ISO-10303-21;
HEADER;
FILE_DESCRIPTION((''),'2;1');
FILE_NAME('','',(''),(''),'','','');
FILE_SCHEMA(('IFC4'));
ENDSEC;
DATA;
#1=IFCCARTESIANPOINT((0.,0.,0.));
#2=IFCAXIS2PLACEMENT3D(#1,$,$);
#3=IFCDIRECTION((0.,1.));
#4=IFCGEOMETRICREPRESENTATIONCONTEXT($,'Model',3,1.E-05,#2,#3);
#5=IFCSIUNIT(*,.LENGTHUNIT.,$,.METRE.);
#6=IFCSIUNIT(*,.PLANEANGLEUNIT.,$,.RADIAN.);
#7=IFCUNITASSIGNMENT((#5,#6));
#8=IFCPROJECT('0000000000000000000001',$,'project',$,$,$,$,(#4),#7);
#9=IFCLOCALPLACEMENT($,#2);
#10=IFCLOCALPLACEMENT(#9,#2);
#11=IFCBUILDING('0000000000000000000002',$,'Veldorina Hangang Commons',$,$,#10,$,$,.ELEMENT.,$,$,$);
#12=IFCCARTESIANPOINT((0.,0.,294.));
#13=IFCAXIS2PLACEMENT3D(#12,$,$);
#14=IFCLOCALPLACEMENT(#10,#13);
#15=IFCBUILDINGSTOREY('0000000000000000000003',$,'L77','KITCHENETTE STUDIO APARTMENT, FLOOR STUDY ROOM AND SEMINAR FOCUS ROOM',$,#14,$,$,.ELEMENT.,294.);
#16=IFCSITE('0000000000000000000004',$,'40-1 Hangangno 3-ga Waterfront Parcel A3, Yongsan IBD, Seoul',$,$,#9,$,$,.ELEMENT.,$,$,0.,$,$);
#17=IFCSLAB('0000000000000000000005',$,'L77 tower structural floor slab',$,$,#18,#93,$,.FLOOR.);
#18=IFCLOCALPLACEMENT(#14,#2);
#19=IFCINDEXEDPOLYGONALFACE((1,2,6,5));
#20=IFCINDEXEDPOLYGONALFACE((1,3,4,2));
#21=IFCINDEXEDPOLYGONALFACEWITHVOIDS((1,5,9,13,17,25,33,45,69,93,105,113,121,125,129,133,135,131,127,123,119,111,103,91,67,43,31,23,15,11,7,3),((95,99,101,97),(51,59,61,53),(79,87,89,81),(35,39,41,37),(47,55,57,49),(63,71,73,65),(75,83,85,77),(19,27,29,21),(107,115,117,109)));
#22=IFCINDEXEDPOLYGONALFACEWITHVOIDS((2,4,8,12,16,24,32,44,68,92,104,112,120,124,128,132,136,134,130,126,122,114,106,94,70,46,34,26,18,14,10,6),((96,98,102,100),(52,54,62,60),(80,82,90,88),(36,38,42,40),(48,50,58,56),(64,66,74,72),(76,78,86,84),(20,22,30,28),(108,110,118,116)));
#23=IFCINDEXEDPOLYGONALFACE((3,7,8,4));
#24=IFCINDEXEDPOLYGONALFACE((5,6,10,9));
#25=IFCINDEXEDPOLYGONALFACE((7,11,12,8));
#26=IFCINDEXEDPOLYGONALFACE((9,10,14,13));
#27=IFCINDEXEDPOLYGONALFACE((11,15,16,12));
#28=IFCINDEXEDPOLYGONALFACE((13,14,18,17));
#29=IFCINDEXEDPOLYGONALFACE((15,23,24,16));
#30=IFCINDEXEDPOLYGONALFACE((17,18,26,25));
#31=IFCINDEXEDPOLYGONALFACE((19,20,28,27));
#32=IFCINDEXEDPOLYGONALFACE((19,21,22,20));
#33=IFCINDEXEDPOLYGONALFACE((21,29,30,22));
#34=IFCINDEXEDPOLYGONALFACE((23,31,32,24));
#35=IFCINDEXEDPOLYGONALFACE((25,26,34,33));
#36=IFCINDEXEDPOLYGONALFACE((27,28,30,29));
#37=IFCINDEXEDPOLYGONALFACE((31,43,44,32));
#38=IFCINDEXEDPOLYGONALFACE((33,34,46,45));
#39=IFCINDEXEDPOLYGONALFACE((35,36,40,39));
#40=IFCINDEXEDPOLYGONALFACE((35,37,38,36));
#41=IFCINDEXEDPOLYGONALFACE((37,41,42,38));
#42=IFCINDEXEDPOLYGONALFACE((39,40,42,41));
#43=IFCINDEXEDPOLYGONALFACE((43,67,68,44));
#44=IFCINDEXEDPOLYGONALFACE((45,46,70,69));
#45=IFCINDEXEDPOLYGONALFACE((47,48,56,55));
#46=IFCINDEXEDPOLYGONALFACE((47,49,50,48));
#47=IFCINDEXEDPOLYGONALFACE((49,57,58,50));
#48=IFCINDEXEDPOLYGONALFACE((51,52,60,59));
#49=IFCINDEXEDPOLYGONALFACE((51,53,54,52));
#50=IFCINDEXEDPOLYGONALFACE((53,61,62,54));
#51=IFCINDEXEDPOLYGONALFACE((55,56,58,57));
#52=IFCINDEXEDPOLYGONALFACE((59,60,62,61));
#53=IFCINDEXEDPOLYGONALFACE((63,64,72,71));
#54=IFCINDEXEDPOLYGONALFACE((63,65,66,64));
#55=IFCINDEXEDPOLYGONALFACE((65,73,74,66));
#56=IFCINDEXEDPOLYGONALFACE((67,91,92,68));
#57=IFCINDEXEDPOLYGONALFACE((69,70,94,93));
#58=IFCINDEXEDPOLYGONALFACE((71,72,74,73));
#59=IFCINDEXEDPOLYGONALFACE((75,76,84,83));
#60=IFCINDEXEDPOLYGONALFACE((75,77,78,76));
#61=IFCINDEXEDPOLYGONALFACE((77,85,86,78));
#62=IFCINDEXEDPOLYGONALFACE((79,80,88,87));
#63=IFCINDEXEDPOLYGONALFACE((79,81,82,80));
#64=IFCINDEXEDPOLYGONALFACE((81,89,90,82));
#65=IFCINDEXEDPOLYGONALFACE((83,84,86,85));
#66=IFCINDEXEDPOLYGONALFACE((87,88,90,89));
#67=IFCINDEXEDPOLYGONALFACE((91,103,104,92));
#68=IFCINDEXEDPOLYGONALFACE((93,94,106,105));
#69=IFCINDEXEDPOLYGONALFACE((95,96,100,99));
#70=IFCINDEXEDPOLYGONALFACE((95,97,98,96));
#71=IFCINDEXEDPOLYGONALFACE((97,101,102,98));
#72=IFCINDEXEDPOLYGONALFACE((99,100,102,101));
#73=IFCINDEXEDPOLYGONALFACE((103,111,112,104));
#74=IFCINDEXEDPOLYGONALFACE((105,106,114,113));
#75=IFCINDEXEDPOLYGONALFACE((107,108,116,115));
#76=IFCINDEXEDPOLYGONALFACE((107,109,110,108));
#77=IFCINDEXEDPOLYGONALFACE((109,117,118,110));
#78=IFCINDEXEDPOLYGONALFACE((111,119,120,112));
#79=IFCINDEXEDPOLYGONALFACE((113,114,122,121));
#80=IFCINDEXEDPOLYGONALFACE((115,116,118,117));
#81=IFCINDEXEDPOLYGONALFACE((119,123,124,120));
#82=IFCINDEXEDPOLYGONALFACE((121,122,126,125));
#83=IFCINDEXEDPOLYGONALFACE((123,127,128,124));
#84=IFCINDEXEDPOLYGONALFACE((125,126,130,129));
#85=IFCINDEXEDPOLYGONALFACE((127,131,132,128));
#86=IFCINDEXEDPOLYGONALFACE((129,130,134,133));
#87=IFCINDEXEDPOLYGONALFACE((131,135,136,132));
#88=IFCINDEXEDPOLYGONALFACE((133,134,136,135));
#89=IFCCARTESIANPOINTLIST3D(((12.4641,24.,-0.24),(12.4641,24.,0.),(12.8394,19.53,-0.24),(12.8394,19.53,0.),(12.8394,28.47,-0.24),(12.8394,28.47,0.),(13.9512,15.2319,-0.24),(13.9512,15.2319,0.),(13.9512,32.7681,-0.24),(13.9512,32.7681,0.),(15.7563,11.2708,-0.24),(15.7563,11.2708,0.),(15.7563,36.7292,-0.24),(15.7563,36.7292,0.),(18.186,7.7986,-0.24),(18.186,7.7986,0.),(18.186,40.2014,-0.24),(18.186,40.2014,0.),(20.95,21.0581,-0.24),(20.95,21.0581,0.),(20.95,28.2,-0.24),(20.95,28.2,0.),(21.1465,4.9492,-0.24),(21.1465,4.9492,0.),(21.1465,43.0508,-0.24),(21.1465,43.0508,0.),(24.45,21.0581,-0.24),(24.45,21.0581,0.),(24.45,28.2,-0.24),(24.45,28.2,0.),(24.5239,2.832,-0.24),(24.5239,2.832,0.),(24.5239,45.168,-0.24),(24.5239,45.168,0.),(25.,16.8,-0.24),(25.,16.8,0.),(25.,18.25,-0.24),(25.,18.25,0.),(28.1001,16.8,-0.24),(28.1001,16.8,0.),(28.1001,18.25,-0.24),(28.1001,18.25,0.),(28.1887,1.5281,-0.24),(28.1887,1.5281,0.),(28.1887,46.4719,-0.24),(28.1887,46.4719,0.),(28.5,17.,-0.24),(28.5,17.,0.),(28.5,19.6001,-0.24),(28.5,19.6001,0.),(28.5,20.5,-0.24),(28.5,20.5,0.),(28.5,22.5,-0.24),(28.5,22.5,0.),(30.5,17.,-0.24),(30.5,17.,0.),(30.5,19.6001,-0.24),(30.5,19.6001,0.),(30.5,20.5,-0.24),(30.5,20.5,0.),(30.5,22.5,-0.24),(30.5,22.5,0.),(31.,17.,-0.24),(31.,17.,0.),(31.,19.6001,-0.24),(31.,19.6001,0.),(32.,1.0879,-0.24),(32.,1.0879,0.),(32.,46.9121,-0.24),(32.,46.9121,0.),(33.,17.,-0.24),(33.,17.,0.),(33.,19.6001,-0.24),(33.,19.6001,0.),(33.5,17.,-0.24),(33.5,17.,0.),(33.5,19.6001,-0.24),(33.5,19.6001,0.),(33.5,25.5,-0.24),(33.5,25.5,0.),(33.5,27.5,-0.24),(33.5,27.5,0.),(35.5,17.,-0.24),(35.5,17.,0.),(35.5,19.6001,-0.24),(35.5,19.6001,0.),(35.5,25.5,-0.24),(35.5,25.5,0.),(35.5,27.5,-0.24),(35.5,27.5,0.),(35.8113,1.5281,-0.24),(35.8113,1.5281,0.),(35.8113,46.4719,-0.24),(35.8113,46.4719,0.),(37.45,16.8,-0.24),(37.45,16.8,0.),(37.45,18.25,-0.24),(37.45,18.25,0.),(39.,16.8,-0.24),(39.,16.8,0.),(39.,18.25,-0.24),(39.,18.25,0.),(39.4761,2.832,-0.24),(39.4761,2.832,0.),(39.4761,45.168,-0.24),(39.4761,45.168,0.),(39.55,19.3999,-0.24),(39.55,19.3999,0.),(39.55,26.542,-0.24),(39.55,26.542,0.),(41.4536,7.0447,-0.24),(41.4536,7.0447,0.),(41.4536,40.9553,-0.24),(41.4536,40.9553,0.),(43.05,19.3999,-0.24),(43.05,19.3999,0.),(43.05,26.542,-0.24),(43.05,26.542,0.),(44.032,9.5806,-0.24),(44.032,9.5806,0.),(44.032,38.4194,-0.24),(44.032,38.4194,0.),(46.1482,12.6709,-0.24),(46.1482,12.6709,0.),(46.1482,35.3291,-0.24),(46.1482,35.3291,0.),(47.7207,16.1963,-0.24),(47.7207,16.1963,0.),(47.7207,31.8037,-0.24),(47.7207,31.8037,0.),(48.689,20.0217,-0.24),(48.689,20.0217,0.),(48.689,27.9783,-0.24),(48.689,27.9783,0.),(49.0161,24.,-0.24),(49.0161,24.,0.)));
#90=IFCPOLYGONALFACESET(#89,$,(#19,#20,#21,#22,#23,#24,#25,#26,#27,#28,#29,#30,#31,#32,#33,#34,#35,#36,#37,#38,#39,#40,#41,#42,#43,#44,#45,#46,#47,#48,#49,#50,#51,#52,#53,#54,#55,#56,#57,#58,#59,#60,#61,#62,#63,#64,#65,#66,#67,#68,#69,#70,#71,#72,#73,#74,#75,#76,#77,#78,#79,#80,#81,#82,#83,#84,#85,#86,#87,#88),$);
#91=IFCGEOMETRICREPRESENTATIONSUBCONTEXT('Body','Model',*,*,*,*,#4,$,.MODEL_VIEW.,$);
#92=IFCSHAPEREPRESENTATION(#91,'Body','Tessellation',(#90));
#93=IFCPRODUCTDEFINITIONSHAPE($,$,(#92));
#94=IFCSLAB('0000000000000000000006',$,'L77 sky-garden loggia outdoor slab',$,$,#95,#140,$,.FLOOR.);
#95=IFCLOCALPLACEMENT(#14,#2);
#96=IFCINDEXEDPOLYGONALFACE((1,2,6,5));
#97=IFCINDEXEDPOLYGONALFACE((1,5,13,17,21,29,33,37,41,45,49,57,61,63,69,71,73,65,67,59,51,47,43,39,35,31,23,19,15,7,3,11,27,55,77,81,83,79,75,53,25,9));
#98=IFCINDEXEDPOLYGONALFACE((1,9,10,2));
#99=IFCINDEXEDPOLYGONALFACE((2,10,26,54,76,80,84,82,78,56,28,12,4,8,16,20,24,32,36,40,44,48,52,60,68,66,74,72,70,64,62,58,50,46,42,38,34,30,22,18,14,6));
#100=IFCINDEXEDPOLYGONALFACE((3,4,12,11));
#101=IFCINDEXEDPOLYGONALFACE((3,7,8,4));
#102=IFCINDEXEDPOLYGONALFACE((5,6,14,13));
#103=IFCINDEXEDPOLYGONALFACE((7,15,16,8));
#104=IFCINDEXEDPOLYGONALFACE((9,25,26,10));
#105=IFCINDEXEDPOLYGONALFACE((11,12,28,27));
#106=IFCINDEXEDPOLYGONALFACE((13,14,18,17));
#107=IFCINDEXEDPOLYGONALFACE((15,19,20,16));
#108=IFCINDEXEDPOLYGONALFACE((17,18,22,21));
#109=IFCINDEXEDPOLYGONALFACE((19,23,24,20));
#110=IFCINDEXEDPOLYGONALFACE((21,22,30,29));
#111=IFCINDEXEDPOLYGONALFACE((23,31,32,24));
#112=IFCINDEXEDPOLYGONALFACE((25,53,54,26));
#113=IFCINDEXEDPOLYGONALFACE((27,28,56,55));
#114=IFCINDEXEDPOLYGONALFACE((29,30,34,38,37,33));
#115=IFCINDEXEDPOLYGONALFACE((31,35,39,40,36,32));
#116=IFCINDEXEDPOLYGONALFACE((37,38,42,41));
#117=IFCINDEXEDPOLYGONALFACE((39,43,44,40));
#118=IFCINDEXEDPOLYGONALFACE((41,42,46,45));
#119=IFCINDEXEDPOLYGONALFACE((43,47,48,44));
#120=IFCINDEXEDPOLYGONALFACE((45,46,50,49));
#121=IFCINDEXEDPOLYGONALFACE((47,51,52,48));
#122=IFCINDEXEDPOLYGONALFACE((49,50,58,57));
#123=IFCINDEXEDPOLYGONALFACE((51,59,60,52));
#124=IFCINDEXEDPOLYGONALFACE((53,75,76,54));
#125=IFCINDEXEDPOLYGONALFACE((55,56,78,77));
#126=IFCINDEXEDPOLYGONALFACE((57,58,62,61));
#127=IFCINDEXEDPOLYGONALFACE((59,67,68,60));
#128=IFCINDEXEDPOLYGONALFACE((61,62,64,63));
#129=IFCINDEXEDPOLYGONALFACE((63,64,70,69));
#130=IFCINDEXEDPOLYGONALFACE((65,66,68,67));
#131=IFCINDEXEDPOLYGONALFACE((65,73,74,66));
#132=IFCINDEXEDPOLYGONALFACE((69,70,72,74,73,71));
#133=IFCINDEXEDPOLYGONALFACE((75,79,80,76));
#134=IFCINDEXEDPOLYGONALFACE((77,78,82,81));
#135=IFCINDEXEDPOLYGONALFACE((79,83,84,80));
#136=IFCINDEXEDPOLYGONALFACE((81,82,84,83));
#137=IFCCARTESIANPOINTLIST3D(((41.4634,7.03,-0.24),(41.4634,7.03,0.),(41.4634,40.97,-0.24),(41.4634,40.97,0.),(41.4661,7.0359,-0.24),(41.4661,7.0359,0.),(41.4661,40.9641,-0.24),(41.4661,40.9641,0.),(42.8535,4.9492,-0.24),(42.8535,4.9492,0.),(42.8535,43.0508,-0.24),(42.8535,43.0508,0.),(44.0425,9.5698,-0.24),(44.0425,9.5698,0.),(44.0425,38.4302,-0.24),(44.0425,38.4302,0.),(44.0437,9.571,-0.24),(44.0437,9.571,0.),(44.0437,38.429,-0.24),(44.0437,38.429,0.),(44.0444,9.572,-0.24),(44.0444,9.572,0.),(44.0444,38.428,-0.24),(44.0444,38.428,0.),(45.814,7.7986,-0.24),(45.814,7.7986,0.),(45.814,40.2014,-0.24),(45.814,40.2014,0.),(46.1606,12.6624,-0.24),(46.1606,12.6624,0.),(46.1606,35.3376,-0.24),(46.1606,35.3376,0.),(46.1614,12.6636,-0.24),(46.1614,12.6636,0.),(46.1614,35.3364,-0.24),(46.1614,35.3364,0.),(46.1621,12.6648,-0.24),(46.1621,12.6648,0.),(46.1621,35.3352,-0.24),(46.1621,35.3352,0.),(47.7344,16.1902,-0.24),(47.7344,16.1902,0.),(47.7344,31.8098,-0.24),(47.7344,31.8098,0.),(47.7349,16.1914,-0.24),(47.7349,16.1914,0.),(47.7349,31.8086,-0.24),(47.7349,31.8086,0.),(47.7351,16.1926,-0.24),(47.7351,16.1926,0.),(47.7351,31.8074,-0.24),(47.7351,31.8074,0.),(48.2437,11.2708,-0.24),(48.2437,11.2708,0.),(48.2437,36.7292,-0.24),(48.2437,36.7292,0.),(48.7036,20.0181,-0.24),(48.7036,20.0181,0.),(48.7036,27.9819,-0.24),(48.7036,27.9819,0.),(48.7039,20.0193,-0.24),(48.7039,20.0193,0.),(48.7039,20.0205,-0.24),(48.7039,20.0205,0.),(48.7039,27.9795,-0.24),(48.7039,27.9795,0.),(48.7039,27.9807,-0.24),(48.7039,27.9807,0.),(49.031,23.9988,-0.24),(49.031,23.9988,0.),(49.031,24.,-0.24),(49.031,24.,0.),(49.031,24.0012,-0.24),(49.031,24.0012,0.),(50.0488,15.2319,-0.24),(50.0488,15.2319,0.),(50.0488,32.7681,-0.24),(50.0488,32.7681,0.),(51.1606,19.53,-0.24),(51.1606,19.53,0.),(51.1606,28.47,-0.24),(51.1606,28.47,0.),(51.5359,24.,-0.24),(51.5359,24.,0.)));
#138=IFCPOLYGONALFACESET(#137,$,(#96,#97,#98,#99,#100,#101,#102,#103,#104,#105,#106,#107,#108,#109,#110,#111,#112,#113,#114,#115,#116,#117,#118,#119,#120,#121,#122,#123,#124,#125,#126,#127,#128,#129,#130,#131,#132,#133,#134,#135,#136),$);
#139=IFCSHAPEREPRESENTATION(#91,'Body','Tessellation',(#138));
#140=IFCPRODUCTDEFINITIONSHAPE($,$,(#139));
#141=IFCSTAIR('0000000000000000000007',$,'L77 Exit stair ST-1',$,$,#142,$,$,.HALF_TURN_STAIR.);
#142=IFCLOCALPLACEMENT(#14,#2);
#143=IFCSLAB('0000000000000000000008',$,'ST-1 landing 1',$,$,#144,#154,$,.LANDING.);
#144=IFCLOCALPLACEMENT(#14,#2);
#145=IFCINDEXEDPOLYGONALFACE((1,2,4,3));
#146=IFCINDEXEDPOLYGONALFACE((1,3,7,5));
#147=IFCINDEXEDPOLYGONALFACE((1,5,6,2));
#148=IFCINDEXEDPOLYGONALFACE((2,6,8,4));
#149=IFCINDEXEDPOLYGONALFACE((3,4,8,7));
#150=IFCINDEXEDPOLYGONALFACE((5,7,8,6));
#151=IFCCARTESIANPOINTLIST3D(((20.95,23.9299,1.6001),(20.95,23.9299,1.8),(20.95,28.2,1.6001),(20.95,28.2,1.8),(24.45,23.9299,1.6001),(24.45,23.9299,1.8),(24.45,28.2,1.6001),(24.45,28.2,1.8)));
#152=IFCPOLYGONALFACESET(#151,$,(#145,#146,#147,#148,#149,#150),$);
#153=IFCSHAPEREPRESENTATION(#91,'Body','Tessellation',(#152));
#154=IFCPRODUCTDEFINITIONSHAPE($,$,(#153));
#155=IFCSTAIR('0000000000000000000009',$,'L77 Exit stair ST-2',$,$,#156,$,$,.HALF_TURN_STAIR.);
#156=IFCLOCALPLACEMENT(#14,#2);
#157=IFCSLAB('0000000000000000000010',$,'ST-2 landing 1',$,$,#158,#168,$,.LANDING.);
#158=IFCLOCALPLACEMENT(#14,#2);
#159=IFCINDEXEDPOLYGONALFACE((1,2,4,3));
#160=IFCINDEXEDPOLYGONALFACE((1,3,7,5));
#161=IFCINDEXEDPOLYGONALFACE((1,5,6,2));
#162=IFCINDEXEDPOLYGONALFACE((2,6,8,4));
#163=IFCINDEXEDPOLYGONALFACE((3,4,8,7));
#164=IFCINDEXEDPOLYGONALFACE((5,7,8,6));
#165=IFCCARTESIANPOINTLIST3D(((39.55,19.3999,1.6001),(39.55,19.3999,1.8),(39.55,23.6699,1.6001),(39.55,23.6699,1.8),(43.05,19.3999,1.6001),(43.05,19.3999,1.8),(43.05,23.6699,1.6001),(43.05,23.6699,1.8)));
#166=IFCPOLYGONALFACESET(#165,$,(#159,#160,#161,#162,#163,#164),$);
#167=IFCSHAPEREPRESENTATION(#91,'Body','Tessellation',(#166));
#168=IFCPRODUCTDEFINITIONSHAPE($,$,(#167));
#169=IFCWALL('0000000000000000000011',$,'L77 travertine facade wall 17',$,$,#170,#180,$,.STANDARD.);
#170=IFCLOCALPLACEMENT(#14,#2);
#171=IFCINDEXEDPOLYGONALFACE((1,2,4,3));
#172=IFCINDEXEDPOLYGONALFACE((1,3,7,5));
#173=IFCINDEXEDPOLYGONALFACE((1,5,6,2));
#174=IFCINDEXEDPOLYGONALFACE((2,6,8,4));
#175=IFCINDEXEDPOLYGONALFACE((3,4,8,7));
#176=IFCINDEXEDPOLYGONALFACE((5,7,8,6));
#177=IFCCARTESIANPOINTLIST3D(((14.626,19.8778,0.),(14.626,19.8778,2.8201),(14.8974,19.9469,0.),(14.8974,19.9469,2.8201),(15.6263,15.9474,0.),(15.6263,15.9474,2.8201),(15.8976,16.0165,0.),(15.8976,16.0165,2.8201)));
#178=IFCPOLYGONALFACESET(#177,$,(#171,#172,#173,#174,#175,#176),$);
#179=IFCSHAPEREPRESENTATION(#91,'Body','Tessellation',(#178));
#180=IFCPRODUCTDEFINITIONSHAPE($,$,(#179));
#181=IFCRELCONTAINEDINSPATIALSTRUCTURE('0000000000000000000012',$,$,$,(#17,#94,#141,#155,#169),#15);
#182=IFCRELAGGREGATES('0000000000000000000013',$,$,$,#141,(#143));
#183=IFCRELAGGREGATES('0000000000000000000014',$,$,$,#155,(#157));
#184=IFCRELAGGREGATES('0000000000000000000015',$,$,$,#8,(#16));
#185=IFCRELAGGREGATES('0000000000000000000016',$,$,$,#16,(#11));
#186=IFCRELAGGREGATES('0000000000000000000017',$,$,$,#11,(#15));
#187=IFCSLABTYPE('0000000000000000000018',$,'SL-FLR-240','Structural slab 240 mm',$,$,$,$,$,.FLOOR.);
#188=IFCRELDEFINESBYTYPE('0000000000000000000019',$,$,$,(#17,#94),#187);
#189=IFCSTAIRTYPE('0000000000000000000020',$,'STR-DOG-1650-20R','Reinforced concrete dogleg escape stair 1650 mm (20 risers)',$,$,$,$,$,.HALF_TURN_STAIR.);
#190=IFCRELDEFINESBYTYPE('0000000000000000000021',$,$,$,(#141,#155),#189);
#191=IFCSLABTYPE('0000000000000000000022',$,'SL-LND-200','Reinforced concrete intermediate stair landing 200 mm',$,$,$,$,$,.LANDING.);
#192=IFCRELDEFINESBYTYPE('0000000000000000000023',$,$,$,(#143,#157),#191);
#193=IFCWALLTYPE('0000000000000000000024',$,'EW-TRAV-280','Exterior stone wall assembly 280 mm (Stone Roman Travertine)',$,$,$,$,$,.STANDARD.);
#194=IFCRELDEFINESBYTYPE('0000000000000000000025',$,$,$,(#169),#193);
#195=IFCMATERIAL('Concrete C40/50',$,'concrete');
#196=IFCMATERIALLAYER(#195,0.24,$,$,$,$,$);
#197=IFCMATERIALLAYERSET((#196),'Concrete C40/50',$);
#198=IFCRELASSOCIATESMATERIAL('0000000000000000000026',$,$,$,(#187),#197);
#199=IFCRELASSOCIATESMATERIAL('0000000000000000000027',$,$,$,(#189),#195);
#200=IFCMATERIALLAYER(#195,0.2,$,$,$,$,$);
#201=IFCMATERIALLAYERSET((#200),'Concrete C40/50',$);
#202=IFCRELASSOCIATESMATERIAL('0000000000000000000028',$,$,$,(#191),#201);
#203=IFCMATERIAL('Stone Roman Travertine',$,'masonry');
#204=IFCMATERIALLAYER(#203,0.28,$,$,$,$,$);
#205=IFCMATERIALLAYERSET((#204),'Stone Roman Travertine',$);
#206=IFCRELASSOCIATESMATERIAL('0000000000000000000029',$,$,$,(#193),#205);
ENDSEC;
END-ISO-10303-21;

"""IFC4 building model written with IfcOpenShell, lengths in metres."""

from ifc_helpers import new_model, si_unit, direction, frame, frame_2d, origin, place, context, subcontext, project, spatial, polyline, rectangle, outline, extrude, material, layer, layer_set, type_object, element, aggregate, save


model = new_model("IFC4")

# Units and contexts
model_context = context("Model", 3, precision=1e-05, world=origin(), true_north=direction((0.0, 1.0)))
body_context = subcontext(model_context, "Body", "Model", "MODEL_VIEW")
ifc_project = project(units=[si_unit("LENGTHUNIT", "METRE"), si_unit("PLANEANGLEUNIT", "RADIAN")], contexts=[model_context])

# Site, building, storey
site_placement = place(None, origin())
site = spatial("IfcSite", under=ifc_project, at=site_placement, Name="40-1 Hangangno 3-ga Waterfront Parcel A3, Yongsan IBD, Seoul", CompositionType="ELEMENT", RefElevation=0.0)
building_placement = place(site_placement, origin())
building = spatial("IfcBuilding", under=site, at=building_placement, Name="Veldorina Hangang Commons", CompositionType="ELEMENT")
storey_placement = place(building_placement, frame((0.0, 0.0, 294.0)))
storey = spatial("IfcBuildingStorey", under=building, at=storey_placement, Name="L77", Description="KITCHENETTE STUDIO APARTMENT, FLOOR STUDY ROOM AND SEMINAR FOCUS ROOM", CompositionType="ELEMENT", Elevation=294.0)

# Slabs
ifc_material_1 = material(Name="Concrete C40/50", Category="concrete")
ifc_layer_1 = layer(ifc_material_1, 0.24)
ifc_layer_set_1 = layer_set([ifc_layer_1], Name="Concrete C40/50")
slab_type_1 = type_object("IfcSlabType", Name="SL-FLR-240", Description="Structural slab 240 mm", PredefinedType="FLOOR", material=ifc_layer_set_1)
slab_1_placement = place(storey_placement, frame((0.0, 0.0, -0.24)))
element("IfcSlab", 1, at=slab_1_placement, inside=storey, type_object=slab_type_1, Name="L77 tower structural floor slab", PredefinedType="FLOOR", context=body_context, shape_type="SweptSolid", body=[
    extrude(outline(polyline([(49.0161, 24.0), (48.689, 27.9783), (47.7207, 31.8037), (46.1482, 35.3291), (44.032, 38.4194), (41.4536, 40.9553), (39.4761, 45.168), (35.8113, 46.4719), (32.0, 46.9121), (28.1887, 46.4719), (24.5239, 45.168), (21.1465, 43.0508), (18.186, 40.2014), (15.7563, 36.7292), (13.9512, 32.7681), (12.8394, 28.47), (12.4641, 24.0), (12.8394, 19.53), (13.9512, 15.2319), (15.7563, 11.2708), (18.186, 7.7986), (21.1465, 4.9492), (24.5239, 2.832), (28.1887, 1.5281), (32.0, 1.0879), (35.8113, 1.5281), (39.4761, 2.832), (41.4536, 7.0447), (44.032, 9.5806), (46.1482, 12.6709), (47.7207, 16.1963), (48.689, 20.0217), (49.0161, 24.0)]), holes=[polyline([(20.95, 21.0581), (20.95, 28.2), (24.45, 28.2), (24.45, 21.0581), (20.95, 21.0581)]), polyline([(43.05, 26.542), (43.05, 19.3999), (39.55, 19.3999), (39.55, 26.542), (43.05, 26.542)]), polyline([(33.5, 27.5), (35.5, 27.5), (35.5, 25.5), (33.5, 25.5), (33.5, 27.5)]), polyline([(28.5, 22.5), (30.5, 22.5), (30.5, 20.5), (28.5, 20.5), (28.5, 22.5)]), polyline([(28.5, 19.6001), (30.5, 19.6001), (30.5, 17.0), (28.5, 17.0), (28.5, 19.6001)]), polyline([(31.0, 19.6001), (33.0, 19.6001), (33.0, 17.0), (31.0, 17.0), (31.0, 19.6001)]), polyline([(33.5, 19.6001), (35.5, 19.6001), (35.5, 17.0), (33.5, 17.0), (33.5, 19.6001)]), polyline([(25.0, 18.25), (28.1001, 18.25), (28.1001, 16.8), (25.0, 16.8), (25.0, 18.25)]), polyline([(37.45, 18.25), (39.0, 18.25), (39.0, 16.8), (37.45, 16.8), (37.45, 18.25)])]), origin(), (0.0, 0.0, 1.0), 0.24),
])
slab_2_placement = place(storey_placement, frame((0.0, 0.0, -0.24)))
element("IfcSlab", 2, at=slab_2_placement, inside=storey, type_object=slab_type_1, Name="L77 sky-garden loggia outdoor slab", PredefinedType="FLOOR", context=body_context, shape_type="SweptSolid", body=[
    extrude(outline(polyline([(42.8535, 43.0508), (45.814, 40.2014), (48.2437, 36.7292), (50.0488, 32.7681), (51.1606, 28.47), (51.5359, 24.0), (51.1606, 19.53), (50.0488, 15.2319), (48.2437, 11.2708), (45.814, 7.7986), (42.8535, 4.9492), (41.4634, 7.03), (41.4661, 7.0359), (44.0425, 9.5698), (44.0437, 9.571), (44.0444, 9.572), (46.1606, 12.6624), (46.1614, 12.6636), (46.1621, 12.6648), (47.7344, 16.1902), (47.7349, 16.1914), (47.7351, 16.1926), (48.7036, 20.0181), (48.7039, 20.0193), (48.7039, 20.0205), (49.031, 23.9988), (49.031, 24.0), (49.031, 24.0012), (48.7039, 27.9795), (48.7039, 27.9807), (48.7036, 27.9819), (47.7351, 31.8074), (47.7349, 31.8086), (47.7344, 31.8098), (46.1621, 35.3352), (46.1614, 35.3364), (46.1606, 35.3376), (44.0444, 38.428), (44.0437, 38.429), (44.0425, 38.4302), (41.4661, 40.9641), (41.4634, 40.97), (42.8535, 43.0508)])), origin(), (0.0, 0.0, 1.0), 0.24),
])

# Stairs, slabs
stair_type = type_object("IfcStairType", Name="STR-DOG-1650-20R", Description="Reinforced concrete dogleg escape stair 1650 mm (20 risers)", PredefinedType="HALF_TURN_STAIR", material=ifc_material_1)
stair_1_placement = place(storey_placement, origin())
stair_1 = element("IfcStair", 3, at=stair_1_placement, inside=storey, type_object=stair_type, Name="L77 Exit stair ST-1", PredefinedType="HALF_TURN_STAIR")
ifc_layer_2 = layer(ifc_material_1, 0.2)
ifc_layer_set_2 = layer_set([ifc_layer_2], Name="Concrete C40/50")
slab_type_2 = type_object("IfcSlabType", Name="SL-LND-200", Description="Reinforced concrete intermediate stair landing 200 mm", PredefinedType="LANDING", material=ifc_layer_set_2)
slab_3_placement = place(storey_placement, frame((0.0, 0.0, 1.6001)))
slab_3 = element("IfcSlab", 4, at=slab_3_placement, type_object=slab_type_2, Name="ST-1 landing 1", PredefinedType="LANDING", context=body_context, shape_type="SweptSolid", body=[
    extrude(outline(polyline([(24.45, 23.9299), (24.45, 28.2), (20.95, 28.2), (20.95, 23.9299), (24.45, 23.9299)])), origin(), (0.0, 0.0, 1.0), 0.2),
])
aggregate(stair_1, [slab_3])
stair_2_placement = place(storey_placement, origin())
stair_2 = element("IfcStair", 5, at=stair_2_placement, inside=storey, type_object=stair_type, Name="L77 Exit stair ST-2", PredefinedType="HALF_TURN_STAIR")
slab_4_placement = place(storey_placement, frame((0.0, 0.0, 1.6001)))
slab_4 = element("IfcSlab", 6, at=slab_4_placement, type_object=slab_type_2, Name="ST-2 landing 1", PredefinedType="LANDING", context=body_context, shape_type="SweptSolid", body=[
    extrude(outline(polyline([(39.55, 23.6699), (39.55, 19.3999), (43.05, 19.3999), (43.05, 23.6699), (39.55, 23.6699)])), origin(), (0.0, 0.0, 1.0), 0.2),
])
aggregate(stair_2, [slab_4])

# Wall
ifc_material_2 = material(Name="Stone Roman Travertine", Category="masonry")
ifc_layer_3 = layer(ifc_material_2, 0.28)
ifc_layer_set_3 = layer_set([ifc_layer_3], Name="Stone Roman Travertine")
wall_type_1 = type_object("IfcWallType", Name="EW-TRAV-280", Description="Exterior stone wall assembly 280 mm (Stone Roman Travertine)", PredefinedType="STANDARD", material=ifc_layer_set_3)
wall_1_placement = place(storey_placement, frame((14.7617, 19.9124, 0.0), z_axis=(0.0, 0.0, 1.0), x_axis=(0.246627, -0.969111, 0.0)))
element("IfcWall", 7, at=wall_1_placement, inside=storey, type_object=wall_type_1, Name="L77 travertine facade wall 17", PredefinedType="STANDARD", context=body_context, shape_type="SweptSolid", body=[
    extrude(rectangle(XDim=4.0557, YDim=0.28, at=frame_2d((2.0278, 0.0))), origin(), (0.0, 0.0, 1.0), 2.8201),
])

save(model, "model.ifc")
